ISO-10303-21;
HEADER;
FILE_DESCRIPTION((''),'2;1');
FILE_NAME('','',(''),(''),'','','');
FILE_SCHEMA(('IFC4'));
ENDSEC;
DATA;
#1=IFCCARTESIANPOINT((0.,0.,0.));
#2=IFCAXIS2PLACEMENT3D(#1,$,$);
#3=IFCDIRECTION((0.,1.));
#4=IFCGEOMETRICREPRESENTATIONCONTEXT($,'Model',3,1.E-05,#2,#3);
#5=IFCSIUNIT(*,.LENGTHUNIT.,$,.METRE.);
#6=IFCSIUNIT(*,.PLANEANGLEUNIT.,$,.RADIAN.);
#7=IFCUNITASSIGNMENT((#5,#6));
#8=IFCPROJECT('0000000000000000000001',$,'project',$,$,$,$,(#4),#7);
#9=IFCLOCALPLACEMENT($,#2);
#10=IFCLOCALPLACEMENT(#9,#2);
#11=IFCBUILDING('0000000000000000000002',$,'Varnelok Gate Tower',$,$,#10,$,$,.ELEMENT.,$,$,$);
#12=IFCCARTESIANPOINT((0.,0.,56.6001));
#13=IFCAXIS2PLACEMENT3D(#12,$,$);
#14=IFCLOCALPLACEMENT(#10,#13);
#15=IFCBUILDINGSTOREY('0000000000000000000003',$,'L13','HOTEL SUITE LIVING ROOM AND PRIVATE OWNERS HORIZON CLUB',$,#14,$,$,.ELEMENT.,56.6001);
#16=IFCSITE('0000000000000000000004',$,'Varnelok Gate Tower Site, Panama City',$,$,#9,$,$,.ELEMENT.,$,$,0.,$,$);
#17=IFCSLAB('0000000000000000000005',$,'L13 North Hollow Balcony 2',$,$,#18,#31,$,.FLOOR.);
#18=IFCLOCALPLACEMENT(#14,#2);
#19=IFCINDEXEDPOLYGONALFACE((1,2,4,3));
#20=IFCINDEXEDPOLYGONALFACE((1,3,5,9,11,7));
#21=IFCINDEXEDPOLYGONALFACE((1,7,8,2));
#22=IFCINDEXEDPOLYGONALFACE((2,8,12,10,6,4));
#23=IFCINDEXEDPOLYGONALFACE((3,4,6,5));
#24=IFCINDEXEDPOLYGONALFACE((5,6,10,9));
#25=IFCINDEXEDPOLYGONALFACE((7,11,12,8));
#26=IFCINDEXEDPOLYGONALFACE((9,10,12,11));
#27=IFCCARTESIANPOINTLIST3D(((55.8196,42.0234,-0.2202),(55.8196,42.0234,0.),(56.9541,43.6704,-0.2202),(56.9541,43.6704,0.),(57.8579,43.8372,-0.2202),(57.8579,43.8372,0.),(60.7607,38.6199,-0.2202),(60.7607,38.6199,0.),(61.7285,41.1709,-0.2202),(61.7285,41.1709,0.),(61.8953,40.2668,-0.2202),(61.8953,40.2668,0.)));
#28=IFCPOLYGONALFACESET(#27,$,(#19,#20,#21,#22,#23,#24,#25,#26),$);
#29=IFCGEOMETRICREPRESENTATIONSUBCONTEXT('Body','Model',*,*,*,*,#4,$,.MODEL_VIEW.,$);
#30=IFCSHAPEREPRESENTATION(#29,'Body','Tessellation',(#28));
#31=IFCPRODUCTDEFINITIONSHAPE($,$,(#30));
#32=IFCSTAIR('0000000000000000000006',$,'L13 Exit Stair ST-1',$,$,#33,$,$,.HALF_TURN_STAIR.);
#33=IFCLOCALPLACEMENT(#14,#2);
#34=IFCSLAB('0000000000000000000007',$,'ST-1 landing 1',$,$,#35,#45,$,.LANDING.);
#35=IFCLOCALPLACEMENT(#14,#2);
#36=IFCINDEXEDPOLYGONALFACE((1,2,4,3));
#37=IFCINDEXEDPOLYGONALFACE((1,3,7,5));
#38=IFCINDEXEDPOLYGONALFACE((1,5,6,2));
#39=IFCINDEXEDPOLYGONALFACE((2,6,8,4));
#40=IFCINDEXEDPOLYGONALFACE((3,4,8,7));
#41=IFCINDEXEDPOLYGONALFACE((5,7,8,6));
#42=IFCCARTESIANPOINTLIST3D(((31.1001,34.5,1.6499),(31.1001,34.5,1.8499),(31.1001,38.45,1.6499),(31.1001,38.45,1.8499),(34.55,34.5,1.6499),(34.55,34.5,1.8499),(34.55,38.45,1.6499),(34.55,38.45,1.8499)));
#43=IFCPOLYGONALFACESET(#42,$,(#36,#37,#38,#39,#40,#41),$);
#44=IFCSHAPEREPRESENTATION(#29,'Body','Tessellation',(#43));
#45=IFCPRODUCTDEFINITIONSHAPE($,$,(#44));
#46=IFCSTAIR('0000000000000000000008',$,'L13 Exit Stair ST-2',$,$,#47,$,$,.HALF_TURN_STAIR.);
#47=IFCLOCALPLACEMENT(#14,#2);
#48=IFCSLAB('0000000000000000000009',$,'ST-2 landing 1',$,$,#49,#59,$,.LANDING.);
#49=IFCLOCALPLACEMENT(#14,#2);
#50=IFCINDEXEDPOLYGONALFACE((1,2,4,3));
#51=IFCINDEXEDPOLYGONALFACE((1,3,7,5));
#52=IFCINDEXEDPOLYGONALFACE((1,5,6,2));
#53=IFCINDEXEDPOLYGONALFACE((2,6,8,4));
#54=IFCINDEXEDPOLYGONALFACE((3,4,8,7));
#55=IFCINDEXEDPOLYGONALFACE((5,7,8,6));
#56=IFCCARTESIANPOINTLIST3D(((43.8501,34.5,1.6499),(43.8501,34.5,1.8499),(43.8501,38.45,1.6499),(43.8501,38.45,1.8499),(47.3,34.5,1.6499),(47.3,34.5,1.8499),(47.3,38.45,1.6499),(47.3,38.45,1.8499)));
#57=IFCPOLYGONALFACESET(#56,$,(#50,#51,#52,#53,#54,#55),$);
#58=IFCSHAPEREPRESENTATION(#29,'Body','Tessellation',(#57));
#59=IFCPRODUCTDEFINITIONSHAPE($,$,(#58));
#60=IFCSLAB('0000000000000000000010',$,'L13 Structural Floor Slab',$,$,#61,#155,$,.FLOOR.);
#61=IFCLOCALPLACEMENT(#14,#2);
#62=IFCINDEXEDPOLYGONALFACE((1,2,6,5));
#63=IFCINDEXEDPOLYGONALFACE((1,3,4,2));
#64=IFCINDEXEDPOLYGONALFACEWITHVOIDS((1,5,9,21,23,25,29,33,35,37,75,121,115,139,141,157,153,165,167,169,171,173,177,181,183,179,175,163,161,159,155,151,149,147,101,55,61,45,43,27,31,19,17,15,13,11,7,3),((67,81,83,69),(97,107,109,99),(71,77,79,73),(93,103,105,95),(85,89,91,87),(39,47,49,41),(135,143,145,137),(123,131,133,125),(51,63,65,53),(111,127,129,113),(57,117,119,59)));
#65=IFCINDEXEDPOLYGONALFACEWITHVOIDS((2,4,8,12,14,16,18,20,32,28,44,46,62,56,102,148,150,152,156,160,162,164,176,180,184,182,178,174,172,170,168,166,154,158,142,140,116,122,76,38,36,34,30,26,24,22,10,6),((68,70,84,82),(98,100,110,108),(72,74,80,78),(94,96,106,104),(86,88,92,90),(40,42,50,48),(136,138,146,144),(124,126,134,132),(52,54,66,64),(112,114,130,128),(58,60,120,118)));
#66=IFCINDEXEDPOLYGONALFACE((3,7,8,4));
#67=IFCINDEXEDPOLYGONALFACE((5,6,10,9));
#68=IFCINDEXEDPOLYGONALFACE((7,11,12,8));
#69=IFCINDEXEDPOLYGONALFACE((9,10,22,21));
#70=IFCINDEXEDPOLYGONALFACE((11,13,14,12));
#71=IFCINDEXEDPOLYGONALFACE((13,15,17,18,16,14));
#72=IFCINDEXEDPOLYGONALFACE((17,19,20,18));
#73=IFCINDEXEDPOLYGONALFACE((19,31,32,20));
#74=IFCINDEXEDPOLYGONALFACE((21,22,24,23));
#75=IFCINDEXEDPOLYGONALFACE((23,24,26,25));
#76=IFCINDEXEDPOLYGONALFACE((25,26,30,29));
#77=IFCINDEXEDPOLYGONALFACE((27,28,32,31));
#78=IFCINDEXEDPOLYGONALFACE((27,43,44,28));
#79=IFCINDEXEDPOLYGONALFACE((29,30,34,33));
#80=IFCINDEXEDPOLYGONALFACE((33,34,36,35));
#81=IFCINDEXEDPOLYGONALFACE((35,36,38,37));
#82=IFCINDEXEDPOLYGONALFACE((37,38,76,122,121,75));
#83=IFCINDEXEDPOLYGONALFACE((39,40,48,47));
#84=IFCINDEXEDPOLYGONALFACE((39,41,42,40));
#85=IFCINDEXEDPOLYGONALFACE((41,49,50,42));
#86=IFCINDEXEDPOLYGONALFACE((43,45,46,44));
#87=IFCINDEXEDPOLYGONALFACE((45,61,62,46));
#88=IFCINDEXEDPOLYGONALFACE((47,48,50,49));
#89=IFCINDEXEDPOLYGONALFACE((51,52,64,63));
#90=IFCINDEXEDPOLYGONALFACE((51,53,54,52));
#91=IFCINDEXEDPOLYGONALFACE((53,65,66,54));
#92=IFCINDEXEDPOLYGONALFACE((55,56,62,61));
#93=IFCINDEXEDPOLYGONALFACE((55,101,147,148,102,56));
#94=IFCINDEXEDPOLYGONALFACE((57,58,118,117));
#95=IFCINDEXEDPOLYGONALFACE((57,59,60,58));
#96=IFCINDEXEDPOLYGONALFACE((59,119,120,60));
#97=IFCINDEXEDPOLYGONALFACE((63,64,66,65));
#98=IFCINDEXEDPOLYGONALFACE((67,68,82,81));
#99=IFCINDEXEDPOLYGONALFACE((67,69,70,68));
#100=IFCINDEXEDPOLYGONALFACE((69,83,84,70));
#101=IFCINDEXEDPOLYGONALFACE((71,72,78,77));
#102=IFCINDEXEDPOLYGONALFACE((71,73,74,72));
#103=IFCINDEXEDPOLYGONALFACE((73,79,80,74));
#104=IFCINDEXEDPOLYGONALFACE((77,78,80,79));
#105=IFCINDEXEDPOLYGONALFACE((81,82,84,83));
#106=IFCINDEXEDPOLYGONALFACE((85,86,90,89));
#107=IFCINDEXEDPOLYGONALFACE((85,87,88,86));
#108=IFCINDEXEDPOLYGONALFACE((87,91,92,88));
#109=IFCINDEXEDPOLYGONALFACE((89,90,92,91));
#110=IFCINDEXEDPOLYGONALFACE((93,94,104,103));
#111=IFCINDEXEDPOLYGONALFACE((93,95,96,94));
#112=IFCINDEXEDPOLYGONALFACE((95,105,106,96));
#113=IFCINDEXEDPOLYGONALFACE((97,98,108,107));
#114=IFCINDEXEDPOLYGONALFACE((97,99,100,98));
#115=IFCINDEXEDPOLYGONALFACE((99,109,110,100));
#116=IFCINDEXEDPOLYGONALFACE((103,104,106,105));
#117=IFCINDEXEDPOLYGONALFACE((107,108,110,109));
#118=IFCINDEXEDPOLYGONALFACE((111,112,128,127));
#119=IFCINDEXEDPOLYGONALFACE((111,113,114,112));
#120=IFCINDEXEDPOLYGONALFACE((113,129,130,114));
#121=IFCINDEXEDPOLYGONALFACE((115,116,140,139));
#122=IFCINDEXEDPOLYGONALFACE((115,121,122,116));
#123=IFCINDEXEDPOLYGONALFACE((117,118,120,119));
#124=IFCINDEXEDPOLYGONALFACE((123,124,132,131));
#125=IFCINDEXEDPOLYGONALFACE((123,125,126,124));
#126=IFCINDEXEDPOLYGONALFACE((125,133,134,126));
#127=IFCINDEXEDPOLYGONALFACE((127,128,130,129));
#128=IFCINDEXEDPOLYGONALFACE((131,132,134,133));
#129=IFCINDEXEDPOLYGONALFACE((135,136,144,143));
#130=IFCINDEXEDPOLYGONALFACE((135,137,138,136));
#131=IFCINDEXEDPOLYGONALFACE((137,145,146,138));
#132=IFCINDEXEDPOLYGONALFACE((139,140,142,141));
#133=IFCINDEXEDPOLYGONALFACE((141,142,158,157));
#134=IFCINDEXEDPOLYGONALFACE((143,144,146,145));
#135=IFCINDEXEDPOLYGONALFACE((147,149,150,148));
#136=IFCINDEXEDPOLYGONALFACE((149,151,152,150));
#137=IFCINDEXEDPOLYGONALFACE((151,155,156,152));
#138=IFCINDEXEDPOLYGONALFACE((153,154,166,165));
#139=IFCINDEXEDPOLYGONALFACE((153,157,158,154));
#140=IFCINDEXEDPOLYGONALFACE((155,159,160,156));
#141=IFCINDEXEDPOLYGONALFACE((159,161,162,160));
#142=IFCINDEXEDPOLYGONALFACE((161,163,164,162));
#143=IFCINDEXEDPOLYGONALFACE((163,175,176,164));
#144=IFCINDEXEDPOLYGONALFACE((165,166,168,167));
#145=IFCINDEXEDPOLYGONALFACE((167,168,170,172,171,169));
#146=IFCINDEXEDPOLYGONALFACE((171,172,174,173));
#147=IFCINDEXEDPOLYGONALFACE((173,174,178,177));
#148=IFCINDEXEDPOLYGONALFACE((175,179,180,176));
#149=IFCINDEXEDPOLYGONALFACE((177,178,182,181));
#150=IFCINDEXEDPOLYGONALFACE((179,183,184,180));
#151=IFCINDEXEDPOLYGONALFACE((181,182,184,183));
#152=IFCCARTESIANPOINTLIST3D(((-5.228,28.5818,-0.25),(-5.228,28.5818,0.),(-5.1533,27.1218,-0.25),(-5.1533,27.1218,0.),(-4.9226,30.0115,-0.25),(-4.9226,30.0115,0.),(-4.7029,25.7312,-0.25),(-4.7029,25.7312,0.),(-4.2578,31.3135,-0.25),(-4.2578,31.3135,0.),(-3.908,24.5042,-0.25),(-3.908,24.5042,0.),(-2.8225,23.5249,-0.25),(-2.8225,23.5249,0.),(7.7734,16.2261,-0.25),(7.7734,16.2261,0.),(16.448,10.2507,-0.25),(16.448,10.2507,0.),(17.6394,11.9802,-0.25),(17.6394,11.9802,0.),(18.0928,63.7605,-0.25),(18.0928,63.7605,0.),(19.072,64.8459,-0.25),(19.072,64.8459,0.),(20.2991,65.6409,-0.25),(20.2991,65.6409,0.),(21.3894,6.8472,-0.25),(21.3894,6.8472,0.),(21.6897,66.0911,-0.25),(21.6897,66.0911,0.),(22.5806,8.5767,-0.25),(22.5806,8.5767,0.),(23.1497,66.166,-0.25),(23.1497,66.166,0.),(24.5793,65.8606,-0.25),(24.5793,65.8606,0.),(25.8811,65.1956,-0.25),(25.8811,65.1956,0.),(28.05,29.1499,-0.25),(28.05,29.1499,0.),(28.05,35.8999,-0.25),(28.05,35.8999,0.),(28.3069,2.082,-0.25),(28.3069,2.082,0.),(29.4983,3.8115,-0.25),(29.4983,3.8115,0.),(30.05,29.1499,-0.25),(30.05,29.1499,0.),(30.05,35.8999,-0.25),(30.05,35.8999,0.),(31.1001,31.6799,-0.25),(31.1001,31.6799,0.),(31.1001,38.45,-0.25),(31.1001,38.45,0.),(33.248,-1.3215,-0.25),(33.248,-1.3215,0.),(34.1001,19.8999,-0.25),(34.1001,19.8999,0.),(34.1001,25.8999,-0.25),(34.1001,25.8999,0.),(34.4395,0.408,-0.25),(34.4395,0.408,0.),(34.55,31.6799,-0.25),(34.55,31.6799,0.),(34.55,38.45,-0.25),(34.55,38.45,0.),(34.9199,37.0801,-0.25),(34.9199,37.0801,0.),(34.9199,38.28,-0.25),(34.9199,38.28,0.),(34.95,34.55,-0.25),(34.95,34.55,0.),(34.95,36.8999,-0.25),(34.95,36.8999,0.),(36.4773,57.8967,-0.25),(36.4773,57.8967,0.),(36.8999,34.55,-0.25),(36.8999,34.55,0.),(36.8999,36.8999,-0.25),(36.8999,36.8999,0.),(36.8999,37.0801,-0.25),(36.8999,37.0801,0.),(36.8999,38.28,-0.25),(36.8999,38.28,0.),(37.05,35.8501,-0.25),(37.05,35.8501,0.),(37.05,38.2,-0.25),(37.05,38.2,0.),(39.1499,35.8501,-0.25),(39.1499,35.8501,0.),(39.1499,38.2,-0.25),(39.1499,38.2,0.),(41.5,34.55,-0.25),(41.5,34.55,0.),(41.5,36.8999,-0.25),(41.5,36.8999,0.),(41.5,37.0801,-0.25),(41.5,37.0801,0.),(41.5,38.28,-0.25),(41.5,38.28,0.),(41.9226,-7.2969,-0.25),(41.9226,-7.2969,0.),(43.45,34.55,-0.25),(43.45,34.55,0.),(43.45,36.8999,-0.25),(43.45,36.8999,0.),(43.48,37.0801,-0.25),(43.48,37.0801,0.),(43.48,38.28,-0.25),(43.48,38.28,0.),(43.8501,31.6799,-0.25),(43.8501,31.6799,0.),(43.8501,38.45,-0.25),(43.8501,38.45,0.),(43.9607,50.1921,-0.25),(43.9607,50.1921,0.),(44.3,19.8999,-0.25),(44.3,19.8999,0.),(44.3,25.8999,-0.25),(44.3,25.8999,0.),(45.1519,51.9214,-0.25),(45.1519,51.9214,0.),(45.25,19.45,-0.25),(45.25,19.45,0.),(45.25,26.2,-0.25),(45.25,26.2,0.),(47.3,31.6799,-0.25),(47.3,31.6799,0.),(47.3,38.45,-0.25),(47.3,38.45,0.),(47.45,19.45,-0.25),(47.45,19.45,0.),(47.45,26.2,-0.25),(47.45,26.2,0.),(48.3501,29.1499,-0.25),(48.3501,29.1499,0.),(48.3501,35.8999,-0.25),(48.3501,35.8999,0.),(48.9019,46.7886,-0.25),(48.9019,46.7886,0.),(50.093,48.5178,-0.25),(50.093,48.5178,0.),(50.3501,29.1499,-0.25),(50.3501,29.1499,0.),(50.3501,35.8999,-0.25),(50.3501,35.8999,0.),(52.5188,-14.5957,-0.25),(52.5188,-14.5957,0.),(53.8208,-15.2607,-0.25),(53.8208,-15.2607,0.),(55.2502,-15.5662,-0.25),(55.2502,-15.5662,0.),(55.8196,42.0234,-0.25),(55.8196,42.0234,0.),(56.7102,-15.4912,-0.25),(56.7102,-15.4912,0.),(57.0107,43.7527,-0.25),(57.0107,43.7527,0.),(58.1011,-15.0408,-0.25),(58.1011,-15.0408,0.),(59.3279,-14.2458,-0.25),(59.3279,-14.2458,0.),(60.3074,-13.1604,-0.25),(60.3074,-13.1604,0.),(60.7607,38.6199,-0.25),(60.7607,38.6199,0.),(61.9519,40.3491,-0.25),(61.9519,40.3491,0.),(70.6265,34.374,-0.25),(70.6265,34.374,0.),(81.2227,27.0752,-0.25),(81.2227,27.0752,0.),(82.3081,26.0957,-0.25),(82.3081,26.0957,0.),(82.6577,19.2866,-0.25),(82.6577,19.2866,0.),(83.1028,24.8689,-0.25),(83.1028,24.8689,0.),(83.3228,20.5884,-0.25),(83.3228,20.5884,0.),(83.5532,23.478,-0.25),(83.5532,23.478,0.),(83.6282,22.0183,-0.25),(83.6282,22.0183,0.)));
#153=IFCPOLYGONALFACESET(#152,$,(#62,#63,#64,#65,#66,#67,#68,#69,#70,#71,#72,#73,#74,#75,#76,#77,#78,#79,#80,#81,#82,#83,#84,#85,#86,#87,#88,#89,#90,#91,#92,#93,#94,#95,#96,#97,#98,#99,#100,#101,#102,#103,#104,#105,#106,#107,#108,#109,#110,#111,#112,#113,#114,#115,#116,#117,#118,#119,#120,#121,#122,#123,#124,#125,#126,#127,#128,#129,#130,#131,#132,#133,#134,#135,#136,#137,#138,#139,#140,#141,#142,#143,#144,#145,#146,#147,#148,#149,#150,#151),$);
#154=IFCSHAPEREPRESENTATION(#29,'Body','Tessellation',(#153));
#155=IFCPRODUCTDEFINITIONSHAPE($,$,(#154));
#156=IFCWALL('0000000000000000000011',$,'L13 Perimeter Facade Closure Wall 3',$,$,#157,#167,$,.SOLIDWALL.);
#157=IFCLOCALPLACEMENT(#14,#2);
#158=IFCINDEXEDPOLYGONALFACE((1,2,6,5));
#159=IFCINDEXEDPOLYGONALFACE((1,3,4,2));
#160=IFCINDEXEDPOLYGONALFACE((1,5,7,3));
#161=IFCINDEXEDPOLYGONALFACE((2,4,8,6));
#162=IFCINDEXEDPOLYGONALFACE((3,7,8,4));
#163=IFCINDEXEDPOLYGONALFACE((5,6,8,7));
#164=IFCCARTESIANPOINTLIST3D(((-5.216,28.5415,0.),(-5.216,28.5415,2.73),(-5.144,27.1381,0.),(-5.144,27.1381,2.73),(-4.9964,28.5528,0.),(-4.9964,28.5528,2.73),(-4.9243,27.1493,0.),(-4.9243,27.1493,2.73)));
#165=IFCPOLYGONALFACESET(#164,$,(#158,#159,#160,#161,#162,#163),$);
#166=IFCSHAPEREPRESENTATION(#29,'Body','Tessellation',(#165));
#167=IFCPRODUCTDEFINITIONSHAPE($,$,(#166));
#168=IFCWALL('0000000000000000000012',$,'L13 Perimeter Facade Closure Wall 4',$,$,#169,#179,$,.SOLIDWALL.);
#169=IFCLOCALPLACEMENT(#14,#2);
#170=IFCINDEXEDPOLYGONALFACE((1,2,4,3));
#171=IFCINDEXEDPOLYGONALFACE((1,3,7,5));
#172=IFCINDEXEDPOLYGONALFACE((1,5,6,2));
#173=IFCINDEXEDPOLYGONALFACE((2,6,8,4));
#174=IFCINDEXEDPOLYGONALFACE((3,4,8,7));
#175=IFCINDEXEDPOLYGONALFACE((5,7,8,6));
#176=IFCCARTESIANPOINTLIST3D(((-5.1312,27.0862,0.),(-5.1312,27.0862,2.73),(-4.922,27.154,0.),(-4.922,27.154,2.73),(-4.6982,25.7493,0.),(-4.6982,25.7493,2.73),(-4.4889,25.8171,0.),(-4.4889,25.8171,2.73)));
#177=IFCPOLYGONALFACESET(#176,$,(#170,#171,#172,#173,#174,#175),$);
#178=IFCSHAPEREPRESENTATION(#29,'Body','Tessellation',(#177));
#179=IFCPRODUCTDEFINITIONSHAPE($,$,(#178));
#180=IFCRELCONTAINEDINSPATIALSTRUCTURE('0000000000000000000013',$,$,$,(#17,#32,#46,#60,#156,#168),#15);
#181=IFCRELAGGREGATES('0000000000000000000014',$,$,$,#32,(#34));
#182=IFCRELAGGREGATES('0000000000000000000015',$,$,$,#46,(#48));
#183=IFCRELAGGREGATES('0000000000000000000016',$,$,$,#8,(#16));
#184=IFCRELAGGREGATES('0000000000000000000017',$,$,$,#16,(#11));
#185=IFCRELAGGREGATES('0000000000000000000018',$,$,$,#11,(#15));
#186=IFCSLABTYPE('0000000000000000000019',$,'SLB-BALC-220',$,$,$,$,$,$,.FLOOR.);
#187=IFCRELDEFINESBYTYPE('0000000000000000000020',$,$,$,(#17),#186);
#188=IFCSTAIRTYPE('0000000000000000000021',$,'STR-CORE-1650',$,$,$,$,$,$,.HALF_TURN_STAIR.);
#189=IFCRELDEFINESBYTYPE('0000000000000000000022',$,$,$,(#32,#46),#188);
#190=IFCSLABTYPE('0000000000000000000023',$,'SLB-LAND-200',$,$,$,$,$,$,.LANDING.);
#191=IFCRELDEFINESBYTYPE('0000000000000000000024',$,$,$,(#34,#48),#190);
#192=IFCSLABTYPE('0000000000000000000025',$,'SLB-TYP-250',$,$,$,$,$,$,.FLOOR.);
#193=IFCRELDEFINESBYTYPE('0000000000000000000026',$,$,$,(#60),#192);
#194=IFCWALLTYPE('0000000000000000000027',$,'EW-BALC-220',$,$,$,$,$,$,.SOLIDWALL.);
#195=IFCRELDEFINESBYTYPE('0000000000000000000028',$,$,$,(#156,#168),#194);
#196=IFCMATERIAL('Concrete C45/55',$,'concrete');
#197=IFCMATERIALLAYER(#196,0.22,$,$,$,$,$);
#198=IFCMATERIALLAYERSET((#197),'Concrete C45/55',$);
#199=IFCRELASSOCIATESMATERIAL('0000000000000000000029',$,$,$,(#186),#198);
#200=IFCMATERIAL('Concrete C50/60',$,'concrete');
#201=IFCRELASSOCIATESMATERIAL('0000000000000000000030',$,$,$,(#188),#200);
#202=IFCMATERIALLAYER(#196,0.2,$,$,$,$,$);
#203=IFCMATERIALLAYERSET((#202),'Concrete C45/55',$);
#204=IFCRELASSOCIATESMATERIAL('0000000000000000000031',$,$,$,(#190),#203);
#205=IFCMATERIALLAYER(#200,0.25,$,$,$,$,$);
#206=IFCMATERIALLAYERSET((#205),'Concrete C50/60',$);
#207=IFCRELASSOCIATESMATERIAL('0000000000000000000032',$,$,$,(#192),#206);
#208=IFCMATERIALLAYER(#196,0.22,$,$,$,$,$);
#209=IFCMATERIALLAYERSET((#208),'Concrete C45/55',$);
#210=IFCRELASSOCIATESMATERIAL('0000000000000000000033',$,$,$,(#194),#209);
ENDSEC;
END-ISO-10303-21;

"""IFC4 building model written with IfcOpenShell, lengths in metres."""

from ifc_helpers import new_model, si_unit, direction, frame, frame_2d, origin, place, context, subcontext, project, spatial, polyline, rectangle, outline, extrude, material, layer, layer_set, type_object, element, aggregate, save


model = new_model("IFC4")

# Units and contexts
model_context = context("Model", 3, precision=1e-05, world=origin(), true_north=direction((0.0, 1.0)))
body_context = subcontext(model_context, "Body", "Model", "MODEL_VIEW")
ifc_project = project(units=[si_unit("LENGTHUNIT", "METRE"), si_unit("PLANEANGLEUNIT", "RADIAN")], contexts=[model_context])

# Site, building, storey
site_placement = place(None, origin())
site = spatial("IfcSite", under=ifc_project, at=site_placement, Name="Varnelok Gate Tower Site, Panama City", CompositionType="ELEMENT", RefElevation=0.0)
building_placement = place(site_placement, origin())
building = spatial("IfcBuilding", under=site, at=building_placement, Name="Varnelok Gate Tower", CompositionType="ELEMENT")
storey_placement = place(building_placement, frame((0.0, 0.0, 56.6001)))
storey = spatial("IfcBuildingStorey", under=building, at=storey_placement, Name="L13", Description="HOTEL SUITE LIVING ROOM AND PRIVATE OWNERS HORIZON CLUB", CompositionType="ELEMENT", Elevation=56.6001)

# Slab
ifc_material_1 = material(Name="Concrete C45/55", Category="concrete")
ifc_layer_1 = layer(ifc_material_1, 0.22)
ifc_layer_set_1 = layer_set([ifc_layer_1], Name="Concrete C45/55")
slab_type_1 = type_object("IfcSlabType", Name="SLB-BALC-220", PredefinedType="FLOOR", material=ifc_layer_set_1)
slab_1_placement = place(storey_placement, frame((0.0, 0.0, -0.2202)))
element("IfcSlab", 1, at=slab_1_placement, inside=storey, type_object=slab_type_1, Name="L13 North Hollow Balcony 2", PredefinedType="FLOOR", context=body_context, shape_type="SweptSolid", body=[
    extrude(outline(polyline([(55.8196, 42.0234), (60.7607, 38.6199), (61.8953, 40.2668), (61.7285, 41.1709), (57.8579, 43.8372), (56.9541, 43.6704), (55.8196, 42.0234)])), origin(), (0.0, 0.0, 1.0), 0.2202),
])

# Stairs, slabs
ifc_material_2 = material(Name="Concrete C50/60", Category="concrete")
stair_type = type_object("IfcStairType", Name="STR-CORE-1650", PredefinedType="HALF_TURN_STAIR", material=ifc_material_2)
stair_1_placement = place(storey_placement, origin())
stair_1 = element("IfcStair", 2, at=stair_1_placement, inside=storey, type_object=stair_type, Name="L13 Exit Stair ST-1", PredefinedType="HALF_TURN_STAIR")
ifc_layer_2 = layer(ifc_material_1, 0.2)
ifc_layer_set_2 = layer_set([ifc_layer_2], Name="Concrete C45/55")
slab_type_2 = type_object("IfcSlabType", Name="SLB-LAND-200", PredefinedType="LANDING", material=ifc_layer_set_2)
slab_2_placement = place(storey_placement, frame((0.0, 0.0, 1.6499)))
slab_2 = element("IfcSlab", 3, at=slab_2_placement, type_object=slab_type_2, Name="ST-1 landing 1", PredefinedType="LANDING", context=body_context, shape_type="SweptSolid", body=[
    extrude(outline(polyline([(34.55, 34.5), (34.55, 38.45), (31.1001, 38.45), (31.1001, 34.5), (34.55, 34.5)])), origin(), (0.0, 0.0, 1.0), 0.2),
])
aggregate(stair_1, [slab_2])
stair_2_placement = place(storey_placement, origin())
stair_2 = element("IfcStair", 4, at=stair_2_placement, inside=storey, type_object=stair_type, Name="L13 Exit Stair ST-2", PredefinedType="HALF_TURN_STAIR")
slab_3_placement = place(storey_placement, frame((0.0, 0.0, 1.6499)))
slab_3 = element("IfcSlab", 5, at=slab_3_placement, type_object=slab_type_2, Name="ST-2 landing 1", PredefinedType="LANDING", context=body_context, shape_type="SweptSolid", body=[
    extrude(outline(polyline([(47.3, 34.5), (47.3, 38.45), (43.8501, 38.45), (43.8501, 34.5), (47.3, 34.5)])), origin(), (0.0, 0.0, 1.0), 0.2),
])
aggregate(stair_2, [slab_3])

# Slab
ifc_layer_3 = layer(ifc_material_2, 0.25)
ifc_layer_set_3 = layer_set([ifc_layer_3], Name="Concrete C50/60")
slab_type_3 = type_object("IfcSlabType", Name="SLB-TYP-250", PredefinedType="FLOOR", material=ifc_layer_set_3)
slab_4_placement = place(storey_placement, frame((0.0, 0.0, -0.25)))
element("IfcSlab", 6, at=slab_4_placement, inside=storey, type_object=slab_type_3, Name="L13 Structural Floor Slab", PredefinedType="FLOOR", context=body_context, shape_type="SweptSolid", body=[
    extrude(outline(polyline([(-4.2578, 31.3135), (-4.9226, 30.0115), (-5.228, 28.5818), (-5.1533, 27.1218), (-4.7029, 25.7312), (-3.908, 24.5042), (-2.8225, 23.5249), (7.7734, 16.2261), (16.448, 10.2507), (17.6394, 11.9802), (22.5806, 8.5767), (21.3894, 6.8472), (28.3069, 2.082), (29.4983, 3.8115), (34.4395, 0.408), (33.248, -1.3215), (41.9226, -7.2969), (52.5188, -14.5957), (53.8208, -15.2607), (55.2502, -15.5662), (56.7102, -15.4912), (58.1011, -15.0408), (59.3279, -14.2458), (60.3074, -13.1604), (82.6577, 19.2866), (83.3228, 20.5884), (83.6282, 22.0183), (83.5532, 23.478), (83.1028, 24.8689), (82.3081, 26.0957), (81.2227, 27.0752), (70.6265, 34.374), (61.9519, 40.3491), (60.7607, 38.6199), (55.8196, 42.0234), (57.0107, 43.7527), (50.093, 48.5178), (48.9019, 46.7886), (43.9607, 50.1921), (45.1519, 51.9214), (36.4773, 57.8967), (25.8811, 65.1956), (24.5793, 65.8606), (23.1497, 66.166), (21.6897, 66.0911), (20.2991, 65.6409), (19.072, 64.8459), (18.0928, 63.7605), (-4.2578, 31.3135)]), holes=[polyline([(34.55, 31.6799), (34.55, 38.45), (31.1001, 38.45), (31.1001, 31.6799), (34.55, 31.6799)]), polyline([(47.3, 31.6799), (47.3, 38.45), (43.8501, 38.45), (43.8501, 31.6799), (47.3, 31.6799)]), polyline([(34.95, 34.55), (36.8999, 34.55), (36.8999, 36.8999), (34.95, 36.8999), (34.95, 34.55)]), polyline([(41.5, 34.55), (43.45, 34.55), (43.45, 36.8999), (41.5, 36.8999), (41.5, 34.55)]), polyline([(37.05, 35.8501), (39.1499, 35.8501), (39.1499, 38.2), (37.05, 38.2), (37.05, 35.8501)]), polyline([(28.05, 29.1499), (30.05, 29.1499), (30.05, 35.8999), (28.05, 35.8999), (28.05, 29.1499)]), polyline([(48.3501, 29.1499), (50.3501, 29.1499), (50.3501, 35.8999), (48.3501, 35.8999), (48.3501, 29.1499)]), polyline([(45.25, 19.45), (47.45, 19.45), (47.45, 26.2), (45.25, 26.2), (45.25, 19.45)]), polyline([(34.9199, 37.0801), (36.8999, 37.0801), (36.8999, 38.28), (34.9199, 38.28), (34.9199, 37.0801)]), polyline([(41.5, 37.0801), (43.48, 37.0801), (43.48, 38.28), (41.5, 38.28), (41.5, 37.0801)]), polyline([(34.1001, 19.8999), (44.3, 19.8999), (44.3, 25.8999), (34.1001, 25.8999), (34.1001, 19.8999)])]), origin(), (0.0, 0.0, 1.0), 0.25),
])

# Walls
ifc_layer_4 = layer(ifc_material_1, 0.22)
ifc_layer_set_4 = layer_set([ifc_layer_4], Name="Concrete C45/55")
wall_type_1 = type_object("IfcWallType", Name="EW-BALC-220", PredefinedType="SOLIDWALL", material=ifc_layer_set_4)
for number, where, z_axis, x_axis, name in (
    (7, (-5.1062, 28.5471, 0.0), (0.0, 0.0, 1.0), (0.051255, -0.998686, 0.0), "L13 Perimeter Facade Closure Wall 3"),
    (8, (-5.0266, 27.1201, 0.0), (0.0, 0.0, 1.0), (0.30819, -0.951325, 0.0), "L13 Perimeter Facade Closure Wall 4"),
):
    element("IfcWall", number, at=place(storey_placement, frame(where, z_axis=z_axis, x_axis=x_axis)), inside=storey, type_object=wall_type_1, Name=name, PredefinedType="SOLIDWALL", context=body_context, shape_type="SweptSolid", body=[
        extrude(rectangle(XDim=1.4053, YDim=0.22, at=frame_2d((0.7026, 0.0))), origin(), (0.0, 0.0, 1.0), 2.73),
    ])

save(model, "model.ifc")
